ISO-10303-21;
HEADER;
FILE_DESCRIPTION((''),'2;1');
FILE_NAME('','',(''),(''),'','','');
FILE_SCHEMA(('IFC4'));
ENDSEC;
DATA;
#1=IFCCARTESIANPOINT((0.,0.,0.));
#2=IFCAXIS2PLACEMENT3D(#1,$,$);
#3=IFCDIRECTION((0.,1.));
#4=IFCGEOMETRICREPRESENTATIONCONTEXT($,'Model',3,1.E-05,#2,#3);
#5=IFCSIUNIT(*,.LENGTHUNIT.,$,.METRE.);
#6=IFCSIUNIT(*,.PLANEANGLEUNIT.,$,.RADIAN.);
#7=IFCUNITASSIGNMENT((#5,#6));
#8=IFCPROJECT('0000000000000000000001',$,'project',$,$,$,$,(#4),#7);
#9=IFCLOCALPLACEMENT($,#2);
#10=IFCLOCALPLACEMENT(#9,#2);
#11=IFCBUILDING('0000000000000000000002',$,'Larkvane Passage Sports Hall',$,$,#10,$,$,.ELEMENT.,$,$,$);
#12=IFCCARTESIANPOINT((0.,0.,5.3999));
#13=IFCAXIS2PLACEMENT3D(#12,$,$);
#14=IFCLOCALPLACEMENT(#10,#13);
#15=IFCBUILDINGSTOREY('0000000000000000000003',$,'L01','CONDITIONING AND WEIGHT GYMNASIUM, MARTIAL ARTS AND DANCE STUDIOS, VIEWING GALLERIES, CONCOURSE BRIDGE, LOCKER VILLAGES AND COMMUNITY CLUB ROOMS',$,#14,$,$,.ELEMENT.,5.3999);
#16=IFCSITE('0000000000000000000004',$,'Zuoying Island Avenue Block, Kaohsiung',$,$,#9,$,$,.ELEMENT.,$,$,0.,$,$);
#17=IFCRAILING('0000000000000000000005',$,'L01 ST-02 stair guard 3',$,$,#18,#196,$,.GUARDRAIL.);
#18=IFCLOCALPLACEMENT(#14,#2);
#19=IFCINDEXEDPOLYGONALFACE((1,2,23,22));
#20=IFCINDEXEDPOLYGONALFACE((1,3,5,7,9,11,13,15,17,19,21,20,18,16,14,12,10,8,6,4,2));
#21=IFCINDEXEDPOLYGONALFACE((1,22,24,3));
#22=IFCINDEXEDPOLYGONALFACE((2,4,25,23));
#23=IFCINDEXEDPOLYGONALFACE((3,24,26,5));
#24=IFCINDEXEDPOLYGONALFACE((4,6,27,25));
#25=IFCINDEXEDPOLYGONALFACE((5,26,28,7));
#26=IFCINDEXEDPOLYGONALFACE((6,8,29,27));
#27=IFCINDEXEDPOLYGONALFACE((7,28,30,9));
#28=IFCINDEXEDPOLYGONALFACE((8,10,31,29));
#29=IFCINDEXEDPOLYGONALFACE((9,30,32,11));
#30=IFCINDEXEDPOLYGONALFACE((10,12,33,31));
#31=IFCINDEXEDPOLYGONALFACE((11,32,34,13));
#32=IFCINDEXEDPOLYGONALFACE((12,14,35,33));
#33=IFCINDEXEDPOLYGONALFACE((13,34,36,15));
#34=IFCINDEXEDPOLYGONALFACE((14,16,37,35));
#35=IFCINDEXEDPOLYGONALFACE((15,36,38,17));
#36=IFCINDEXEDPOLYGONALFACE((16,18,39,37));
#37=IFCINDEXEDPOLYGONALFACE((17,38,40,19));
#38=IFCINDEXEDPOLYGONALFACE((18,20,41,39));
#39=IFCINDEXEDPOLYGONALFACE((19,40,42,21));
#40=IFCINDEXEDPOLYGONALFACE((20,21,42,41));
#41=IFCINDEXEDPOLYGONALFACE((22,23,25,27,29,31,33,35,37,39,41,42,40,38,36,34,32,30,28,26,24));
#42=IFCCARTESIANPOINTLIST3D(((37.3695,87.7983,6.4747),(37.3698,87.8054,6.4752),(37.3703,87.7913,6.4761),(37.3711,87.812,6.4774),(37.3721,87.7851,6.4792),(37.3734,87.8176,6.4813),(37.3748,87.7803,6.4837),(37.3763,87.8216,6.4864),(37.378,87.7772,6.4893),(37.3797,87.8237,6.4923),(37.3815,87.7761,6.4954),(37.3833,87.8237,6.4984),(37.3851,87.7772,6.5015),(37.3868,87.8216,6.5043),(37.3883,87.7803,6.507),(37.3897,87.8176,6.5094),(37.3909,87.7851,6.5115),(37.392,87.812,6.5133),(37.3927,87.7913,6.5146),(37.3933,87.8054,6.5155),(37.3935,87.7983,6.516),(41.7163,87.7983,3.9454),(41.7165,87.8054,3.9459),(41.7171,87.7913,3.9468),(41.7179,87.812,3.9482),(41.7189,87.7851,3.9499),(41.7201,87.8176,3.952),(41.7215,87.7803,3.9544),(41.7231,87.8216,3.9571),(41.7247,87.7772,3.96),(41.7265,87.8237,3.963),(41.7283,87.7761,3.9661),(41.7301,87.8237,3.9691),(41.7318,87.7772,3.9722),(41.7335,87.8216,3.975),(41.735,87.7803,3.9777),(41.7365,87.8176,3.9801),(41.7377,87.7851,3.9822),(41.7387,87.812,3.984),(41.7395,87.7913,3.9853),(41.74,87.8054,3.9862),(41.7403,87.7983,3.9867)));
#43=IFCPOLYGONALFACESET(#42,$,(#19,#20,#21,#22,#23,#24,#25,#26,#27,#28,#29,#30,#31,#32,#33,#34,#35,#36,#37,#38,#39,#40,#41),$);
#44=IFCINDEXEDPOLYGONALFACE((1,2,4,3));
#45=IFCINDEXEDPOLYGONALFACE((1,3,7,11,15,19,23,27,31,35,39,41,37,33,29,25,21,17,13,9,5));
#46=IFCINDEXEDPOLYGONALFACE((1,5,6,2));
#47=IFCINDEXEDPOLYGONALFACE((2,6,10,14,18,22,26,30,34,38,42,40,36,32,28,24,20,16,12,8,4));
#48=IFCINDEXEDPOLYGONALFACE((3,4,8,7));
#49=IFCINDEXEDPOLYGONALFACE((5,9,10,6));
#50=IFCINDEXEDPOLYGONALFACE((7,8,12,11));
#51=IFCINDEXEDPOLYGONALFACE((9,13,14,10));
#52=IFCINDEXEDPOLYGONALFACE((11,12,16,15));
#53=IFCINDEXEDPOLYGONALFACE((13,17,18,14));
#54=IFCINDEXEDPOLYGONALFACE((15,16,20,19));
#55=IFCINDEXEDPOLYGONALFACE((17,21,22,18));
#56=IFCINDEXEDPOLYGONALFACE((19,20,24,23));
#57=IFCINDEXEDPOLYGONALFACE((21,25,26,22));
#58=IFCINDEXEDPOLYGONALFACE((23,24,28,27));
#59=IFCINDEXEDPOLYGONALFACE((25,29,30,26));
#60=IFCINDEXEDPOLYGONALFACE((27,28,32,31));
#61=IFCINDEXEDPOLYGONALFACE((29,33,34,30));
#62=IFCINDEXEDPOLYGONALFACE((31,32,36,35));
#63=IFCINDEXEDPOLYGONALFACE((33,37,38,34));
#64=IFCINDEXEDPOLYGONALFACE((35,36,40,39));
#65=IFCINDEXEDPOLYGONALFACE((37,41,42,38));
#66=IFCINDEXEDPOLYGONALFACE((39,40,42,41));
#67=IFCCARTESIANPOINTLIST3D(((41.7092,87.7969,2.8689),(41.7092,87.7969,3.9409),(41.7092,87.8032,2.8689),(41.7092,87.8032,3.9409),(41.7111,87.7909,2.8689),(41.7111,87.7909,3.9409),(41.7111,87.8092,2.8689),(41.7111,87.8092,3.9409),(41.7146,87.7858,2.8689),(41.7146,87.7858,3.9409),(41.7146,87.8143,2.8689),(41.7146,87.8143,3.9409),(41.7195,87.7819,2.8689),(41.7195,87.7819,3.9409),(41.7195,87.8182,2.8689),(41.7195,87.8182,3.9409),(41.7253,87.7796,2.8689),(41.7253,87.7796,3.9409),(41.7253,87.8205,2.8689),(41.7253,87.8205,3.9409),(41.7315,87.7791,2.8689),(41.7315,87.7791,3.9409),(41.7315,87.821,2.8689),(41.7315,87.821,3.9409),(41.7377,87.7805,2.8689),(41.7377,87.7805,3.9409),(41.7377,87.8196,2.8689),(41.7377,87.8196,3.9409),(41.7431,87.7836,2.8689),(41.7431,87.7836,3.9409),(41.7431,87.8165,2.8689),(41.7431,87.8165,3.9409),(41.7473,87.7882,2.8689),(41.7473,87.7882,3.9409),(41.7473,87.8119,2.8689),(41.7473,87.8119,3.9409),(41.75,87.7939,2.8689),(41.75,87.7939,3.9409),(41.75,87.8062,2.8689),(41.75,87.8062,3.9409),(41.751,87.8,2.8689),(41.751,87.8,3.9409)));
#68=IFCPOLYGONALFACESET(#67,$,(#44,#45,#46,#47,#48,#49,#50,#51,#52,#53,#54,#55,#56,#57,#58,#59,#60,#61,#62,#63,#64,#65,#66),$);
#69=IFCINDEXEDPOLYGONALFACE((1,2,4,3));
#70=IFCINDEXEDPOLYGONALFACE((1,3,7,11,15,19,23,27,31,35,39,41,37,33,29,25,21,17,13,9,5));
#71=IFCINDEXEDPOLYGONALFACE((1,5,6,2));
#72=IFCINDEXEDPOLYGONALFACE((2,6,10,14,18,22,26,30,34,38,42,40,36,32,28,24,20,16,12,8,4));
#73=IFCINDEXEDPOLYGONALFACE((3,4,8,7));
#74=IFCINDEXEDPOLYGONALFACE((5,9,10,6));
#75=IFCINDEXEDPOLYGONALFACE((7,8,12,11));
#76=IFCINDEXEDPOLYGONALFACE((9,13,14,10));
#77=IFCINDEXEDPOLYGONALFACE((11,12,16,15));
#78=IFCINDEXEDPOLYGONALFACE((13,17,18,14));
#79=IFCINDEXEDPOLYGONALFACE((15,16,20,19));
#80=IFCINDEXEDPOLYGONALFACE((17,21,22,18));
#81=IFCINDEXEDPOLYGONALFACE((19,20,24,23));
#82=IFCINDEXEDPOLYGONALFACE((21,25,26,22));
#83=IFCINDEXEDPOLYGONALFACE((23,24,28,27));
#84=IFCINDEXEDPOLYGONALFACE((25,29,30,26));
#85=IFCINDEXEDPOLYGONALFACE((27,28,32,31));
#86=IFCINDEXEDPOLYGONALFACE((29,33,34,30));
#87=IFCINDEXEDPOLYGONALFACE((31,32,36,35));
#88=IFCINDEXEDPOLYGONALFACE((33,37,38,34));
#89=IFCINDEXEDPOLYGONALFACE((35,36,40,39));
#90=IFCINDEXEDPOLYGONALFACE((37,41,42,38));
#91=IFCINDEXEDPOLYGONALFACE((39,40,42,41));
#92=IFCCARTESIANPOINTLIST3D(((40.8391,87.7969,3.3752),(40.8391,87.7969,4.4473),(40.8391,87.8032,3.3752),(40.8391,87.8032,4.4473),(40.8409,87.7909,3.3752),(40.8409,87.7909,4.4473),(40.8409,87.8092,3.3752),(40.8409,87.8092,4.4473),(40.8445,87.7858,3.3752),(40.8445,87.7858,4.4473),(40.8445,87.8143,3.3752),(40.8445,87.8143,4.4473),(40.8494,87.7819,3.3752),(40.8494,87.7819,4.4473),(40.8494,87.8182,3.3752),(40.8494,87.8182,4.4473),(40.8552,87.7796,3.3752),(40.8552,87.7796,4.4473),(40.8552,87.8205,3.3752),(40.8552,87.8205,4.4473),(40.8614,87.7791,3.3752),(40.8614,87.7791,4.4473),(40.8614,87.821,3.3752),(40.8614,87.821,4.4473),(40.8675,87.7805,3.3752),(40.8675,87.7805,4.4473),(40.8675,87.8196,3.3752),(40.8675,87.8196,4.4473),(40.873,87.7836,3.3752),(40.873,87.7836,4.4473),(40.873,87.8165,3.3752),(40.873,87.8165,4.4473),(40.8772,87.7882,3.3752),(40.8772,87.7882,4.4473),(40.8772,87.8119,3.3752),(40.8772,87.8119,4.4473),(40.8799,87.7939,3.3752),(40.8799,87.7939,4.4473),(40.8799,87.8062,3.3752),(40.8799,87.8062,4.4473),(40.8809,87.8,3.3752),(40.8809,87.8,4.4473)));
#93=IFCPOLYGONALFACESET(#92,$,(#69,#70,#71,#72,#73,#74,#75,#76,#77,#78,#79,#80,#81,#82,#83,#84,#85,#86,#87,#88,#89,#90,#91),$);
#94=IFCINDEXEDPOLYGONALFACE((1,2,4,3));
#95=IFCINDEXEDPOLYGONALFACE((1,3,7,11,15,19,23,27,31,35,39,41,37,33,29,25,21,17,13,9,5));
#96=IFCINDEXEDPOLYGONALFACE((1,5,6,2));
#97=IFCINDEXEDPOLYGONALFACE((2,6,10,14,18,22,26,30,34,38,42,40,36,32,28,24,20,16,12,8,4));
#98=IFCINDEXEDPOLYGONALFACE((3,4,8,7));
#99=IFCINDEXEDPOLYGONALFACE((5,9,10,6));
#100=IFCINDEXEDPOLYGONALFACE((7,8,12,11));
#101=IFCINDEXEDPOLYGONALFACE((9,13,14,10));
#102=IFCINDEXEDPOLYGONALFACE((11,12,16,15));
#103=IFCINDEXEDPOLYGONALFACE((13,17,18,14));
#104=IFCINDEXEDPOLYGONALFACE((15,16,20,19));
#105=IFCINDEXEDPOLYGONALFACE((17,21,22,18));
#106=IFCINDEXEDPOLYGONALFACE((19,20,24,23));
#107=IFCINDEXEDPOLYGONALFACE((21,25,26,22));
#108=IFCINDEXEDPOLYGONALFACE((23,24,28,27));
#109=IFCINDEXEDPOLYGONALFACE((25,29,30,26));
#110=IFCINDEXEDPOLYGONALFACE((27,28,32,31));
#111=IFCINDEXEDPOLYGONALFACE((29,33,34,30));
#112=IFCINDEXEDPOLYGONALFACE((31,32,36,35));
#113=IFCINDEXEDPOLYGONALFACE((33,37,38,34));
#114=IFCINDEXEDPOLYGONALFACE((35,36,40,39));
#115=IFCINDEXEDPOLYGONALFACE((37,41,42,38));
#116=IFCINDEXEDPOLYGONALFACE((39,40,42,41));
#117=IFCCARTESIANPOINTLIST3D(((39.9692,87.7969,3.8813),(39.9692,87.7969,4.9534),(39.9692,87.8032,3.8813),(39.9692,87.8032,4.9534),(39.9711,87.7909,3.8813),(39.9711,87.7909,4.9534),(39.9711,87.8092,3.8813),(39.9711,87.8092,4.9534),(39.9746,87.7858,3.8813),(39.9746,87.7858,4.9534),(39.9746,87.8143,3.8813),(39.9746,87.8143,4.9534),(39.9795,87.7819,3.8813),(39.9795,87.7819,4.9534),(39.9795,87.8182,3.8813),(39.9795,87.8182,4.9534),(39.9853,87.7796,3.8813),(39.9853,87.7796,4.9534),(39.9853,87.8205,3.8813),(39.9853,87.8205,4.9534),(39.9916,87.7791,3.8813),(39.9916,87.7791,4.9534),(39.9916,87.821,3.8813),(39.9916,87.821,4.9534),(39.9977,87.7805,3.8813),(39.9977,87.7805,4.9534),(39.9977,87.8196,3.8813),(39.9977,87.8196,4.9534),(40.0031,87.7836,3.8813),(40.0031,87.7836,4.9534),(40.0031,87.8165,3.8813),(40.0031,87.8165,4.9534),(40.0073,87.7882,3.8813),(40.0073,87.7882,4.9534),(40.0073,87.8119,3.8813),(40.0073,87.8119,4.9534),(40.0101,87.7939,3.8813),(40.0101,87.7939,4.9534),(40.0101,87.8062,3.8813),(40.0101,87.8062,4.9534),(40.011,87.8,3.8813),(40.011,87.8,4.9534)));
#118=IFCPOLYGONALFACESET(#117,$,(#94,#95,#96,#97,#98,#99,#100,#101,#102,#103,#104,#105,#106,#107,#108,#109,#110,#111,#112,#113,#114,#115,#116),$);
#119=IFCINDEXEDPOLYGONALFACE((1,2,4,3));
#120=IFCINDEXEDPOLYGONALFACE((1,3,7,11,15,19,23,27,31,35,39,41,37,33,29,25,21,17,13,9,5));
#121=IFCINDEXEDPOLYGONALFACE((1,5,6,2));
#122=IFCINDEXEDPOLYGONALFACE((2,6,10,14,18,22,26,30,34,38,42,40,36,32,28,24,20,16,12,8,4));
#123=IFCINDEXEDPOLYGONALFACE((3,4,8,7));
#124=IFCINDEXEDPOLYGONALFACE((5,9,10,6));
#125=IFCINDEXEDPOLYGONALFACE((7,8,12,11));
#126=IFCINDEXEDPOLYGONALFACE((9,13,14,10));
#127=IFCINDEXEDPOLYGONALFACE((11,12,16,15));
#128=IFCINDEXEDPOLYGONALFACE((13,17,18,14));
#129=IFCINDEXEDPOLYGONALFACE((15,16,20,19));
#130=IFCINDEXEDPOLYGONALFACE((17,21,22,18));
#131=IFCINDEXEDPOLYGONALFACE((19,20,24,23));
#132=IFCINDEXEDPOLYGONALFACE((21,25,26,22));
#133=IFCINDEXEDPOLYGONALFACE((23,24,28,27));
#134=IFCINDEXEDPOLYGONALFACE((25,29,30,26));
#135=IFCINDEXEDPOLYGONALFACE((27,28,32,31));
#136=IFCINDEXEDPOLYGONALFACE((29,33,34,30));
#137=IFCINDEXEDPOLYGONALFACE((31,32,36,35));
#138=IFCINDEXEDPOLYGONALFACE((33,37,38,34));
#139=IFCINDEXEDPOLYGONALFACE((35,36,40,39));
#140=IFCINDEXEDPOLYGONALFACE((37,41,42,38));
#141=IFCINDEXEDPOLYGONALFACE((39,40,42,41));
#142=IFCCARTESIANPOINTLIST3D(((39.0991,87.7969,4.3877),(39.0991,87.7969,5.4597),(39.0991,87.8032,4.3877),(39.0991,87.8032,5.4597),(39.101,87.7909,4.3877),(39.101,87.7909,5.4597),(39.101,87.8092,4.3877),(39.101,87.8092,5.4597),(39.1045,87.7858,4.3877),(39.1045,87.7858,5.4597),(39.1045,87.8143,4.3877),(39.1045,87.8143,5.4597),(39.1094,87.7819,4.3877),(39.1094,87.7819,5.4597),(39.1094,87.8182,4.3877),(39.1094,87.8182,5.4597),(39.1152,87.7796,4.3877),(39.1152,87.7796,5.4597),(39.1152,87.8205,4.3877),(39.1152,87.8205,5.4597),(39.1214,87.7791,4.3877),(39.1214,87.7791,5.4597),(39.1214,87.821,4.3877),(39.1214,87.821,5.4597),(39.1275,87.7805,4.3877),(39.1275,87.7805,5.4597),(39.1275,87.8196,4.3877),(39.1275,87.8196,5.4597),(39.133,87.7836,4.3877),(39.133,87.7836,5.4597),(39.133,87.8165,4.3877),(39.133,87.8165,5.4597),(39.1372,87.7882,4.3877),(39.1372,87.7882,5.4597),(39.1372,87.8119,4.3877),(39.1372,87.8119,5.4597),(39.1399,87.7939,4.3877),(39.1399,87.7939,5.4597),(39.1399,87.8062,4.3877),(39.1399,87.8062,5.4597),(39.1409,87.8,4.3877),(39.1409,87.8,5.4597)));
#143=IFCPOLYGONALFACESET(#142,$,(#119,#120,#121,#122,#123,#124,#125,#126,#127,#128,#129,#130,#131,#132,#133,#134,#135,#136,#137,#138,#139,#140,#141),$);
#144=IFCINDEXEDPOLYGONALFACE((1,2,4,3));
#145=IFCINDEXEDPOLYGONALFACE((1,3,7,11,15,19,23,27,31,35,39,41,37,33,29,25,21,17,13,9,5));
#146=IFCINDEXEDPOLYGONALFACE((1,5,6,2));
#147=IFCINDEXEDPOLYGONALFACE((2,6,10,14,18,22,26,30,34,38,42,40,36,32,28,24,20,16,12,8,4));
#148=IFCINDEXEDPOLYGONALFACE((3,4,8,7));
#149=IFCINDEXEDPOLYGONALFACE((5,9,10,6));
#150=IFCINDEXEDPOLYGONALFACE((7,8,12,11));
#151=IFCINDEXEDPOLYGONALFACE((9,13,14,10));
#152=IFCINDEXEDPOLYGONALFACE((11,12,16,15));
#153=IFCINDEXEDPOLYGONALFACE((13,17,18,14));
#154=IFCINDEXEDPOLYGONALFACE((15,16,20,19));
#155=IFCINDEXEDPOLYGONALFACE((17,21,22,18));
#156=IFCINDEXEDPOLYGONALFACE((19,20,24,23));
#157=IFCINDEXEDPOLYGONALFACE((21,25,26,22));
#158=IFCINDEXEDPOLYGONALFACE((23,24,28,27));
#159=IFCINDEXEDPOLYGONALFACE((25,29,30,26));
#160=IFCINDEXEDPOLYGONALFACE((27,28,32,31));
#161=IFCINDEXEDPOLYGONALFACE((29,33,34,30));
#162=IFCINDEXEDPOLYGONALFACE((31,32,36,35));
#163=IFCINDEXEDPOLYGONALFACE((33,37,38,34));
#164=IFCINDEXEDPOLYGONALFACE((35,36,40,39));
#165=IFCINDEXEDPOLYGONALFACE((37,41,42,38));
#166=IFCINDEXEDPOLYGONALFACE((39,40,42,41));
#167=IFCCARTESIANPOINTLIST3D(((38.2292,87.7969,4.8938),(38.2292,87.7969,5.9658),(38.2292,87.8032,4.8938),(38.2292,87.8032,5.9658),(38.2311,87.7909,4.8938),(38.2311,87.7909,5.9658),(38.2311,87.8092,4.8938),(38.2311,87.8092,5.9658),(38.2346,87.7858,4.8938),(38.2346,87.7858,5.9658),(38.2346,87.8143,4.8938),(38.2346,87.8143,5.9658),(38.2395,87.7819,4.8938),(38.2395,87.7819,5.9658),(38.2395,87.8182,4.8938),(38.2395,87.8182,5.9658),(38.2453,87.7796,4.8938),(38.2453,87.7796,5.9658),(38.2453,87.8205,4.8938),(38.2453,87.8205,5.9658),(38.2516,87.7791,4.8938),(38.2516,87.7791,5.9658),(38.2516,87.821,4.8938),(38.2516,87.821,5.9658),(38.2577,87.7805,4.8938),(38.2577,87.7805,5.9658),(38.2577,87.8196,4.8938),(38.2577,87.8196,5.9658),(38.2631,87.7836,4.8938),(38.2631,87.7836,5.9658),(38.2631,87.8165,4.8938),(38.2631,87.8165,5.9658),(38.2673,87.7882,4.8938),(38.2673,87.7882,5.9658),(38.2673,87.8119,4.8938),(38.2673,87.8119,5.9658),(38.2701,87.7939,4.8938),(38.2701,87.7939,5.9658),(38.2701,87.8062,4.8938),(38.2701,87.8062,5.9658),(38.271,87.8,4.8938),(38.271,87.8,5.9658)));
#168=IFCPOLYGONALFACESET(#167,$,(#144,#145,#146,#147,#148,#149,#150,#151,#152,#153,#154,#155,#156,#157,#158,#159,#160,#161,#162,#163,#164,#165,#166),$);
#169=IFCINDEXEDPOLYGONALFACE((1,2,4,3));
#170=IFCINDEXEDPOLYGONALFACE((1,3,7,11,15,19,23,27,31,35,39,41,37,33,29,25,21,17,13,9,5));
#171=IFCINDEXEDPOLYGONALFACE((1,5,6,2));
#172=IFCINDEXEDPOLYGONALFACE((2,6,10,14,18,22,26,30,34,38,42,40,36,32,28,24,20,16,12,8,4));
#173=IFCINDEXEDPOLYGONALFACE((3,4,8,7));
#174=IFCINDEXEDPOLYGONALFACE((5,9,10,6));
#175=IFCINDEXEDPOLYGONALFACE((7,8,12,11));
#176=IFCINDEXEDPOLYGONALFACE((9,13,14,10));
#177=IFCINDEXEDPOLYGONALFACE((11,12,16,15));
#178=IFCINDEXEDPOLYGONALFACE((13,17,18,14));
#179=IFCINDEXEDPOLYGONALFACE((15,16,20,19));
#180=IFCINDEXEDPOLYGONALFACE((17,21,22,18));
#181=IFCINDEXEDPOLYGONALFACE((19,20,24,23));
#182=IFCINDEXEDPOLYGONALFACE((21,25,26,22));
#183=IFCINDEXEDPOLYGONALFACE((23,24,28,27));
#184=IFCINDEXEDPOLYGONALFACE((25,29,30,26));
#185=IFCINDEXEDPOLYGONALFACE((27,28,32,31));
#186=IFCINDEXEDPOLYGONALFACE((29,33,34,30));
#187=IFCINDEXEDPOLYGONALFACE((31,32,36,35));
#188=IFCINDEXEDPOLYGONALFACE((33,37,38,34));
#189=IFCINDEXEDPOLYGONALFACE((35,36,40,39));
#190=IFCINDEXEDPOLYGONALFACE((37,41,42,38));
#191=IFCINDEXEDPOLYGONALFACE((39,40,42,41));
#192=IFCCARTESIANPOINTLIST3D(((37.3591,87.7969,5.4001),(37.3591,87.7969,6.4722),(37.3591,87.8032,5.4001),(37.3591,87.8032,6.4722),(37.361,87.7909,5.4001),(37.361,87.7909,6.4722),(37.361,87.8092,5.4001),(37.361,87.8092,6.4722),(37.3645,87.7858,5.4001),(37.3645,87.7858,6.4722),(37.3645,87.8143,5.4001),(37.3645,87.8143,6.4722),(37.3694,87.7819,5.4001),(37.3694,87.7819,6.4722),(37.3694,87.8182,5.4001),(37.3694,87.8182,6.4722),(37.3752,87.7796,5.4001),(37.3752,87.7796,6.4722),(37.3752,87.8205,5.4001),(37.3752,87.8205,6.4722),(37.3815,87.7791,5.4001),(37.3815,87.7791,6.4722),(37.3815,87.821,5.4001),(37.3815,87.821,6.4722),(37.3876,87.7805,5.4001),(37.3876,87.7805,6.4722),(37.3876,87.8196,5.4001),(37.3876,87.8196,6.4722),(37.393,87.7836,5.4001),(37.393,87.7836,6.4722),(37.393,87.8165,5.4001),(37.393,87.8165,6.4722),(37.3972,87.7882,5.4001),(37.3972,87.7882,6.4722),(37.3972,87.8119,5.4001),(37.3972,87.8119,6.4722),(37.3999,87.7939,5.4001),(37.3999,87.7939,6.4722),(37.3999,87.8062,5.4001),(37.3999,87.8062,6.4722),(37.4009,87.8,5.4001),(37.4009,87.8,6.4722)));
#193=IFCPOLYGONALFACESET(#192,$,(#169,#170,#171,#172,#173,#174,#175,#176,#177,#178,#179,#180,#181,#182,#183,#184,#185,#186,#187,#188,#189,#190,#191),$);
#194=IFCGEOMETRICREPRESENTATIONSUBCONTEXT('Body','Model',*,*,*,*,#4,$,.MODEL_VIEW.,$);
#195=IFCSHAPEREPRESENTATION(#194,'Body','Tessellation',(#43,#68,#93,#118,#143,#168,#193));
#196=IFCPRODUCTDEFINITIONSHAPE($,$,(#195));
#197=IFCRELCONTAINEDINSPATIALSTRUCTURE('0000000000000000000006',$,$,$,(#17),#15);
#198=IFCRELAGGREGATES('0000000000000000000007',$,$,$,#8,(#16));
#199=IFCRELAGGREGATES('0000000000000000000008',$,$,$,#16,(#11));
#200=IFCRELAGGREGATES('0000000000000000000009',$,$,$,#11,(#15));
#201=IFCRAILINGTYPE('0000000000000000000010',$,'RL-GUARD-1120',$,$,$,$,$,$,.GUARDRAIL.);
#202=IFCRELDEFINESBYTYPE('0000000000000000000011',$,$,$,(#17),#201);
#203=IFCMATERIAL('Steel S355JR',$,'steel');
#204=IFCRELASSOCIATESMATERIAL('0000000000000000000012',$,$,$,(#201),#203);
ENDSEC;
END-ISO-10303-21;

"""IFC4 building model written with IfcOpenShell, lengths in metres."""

from ifc_helpers import new_model, si_unit, direction, frame, origin, origin_2d, place, context, subcontext, project, spatial, circle, extrude, material, type_object, element, save


model = new_model("IFC4")

# Units and contexts
model_context = context("Model", 3, precision=1e-05, world=origin(), true_north=direction((0.0, 1.0)))
body_context = subcontext(model_context, "Body", "Model", "MODEL_VIEW")
ifc_project = project(units=[si_unit("LENGTHUNIT", "METRE"), si_unit("PLANEANGLEUNIT", "RADIAN")], contexts=[model_context])

# Site, building, storey
site_placement = place(None, origin())
site = spatial("IfcSite", under=ifc_project, at=site_placement, Name="Zuoying Island Avenue Block, Kaohsiung", CompositionType="ELEMENT", RefElevation=0.0)
building_placement = place(site_placement, origin())
building = spatial("IfcBuilding", under=site, at=building_placement, Name="Larkvane Passage Sports Hall", CompositionType="ELEMENT")
storey_placement = place(building_placement, frame((0.0, 0.0, 5.3999)))
storey = spatial("IfcBuildingStorey", under=building, at=storey_placement, Name="L01", Description="CONDITIONING AND WEIGHT GYMNASIUM, MARTIAL ARTS AND DANCE STUDIOS, VIEWING GALLERIES, CONCOURSE BRIDGE, LOCKER VILLAGES AND COMMUNITY CLUB ROOMS", CompositionType="ELEMENT", Elevation=5.3999)

# Shared definitions
ifc_material_1 = material(Name="Steel S355JR", Category="steel")

# Railing
railing_type_1 = type_object("IfcRailingType", Name="RL-GUARD-1120", PredefinedType="GUARDRAIL", material=ifc_material_1)
railing_1_placement = place(storey_placement, frame((41.73, 87.8, 2.8689)))
element("IfcRailing", 1, at=railing_1_placement, inside=storey, type_object=railing_type_1, Name="L01 ST-02 stair guard 3", PredefinedType="GUARDRAIL", context=body_context, shape_type="SweptSolid", body=[
    extrude(circle(Radius=0.0239, at=origin_2d()), frame((-0.0017, 0.0, 1.0972), z_axis=(-0.864324, 0.0, 0.502936), x_axis=(0.0, -1.0, 0.0)), (0.0, 0.0, 1.0), 5.0291),
    extrude(circle(Radius=0.021, at=origin_2d()), origin(), (0.0, 0.0, 1.0), 1.072),
    extrude(circle(Radius=0.021, at=origin_2d()), frame((-0.8701, 0.0, 0.5063)), (0.0, 0.0, 1.0), 1.072),
    extrude(circle(Radius=0.021, at=origin_2d()), frame((-1.74, 0.0, 1.0125)), (0.0, 0.0, 1.0), 1.072),
    extrude(circle(Radius=0.021, at=origin_2d()), frame((-2.6101, 0.0, 1.5188)), (0.0, 0.0, 1.0), 1.072),
    extrude(circle(Radius=0.021, at=origin_2d()), frame((-3.48, 0.0, 2.0249)), (0.0, 0.0, 1.0), 1.072),
    extrude(circle(Radius=0.021, at=origin_2d()), frame((-4.3501, 0.0, 2.5312)), (0.0, 0.0, 1.0), 1.072),
])

save(model, "model.ifc")
